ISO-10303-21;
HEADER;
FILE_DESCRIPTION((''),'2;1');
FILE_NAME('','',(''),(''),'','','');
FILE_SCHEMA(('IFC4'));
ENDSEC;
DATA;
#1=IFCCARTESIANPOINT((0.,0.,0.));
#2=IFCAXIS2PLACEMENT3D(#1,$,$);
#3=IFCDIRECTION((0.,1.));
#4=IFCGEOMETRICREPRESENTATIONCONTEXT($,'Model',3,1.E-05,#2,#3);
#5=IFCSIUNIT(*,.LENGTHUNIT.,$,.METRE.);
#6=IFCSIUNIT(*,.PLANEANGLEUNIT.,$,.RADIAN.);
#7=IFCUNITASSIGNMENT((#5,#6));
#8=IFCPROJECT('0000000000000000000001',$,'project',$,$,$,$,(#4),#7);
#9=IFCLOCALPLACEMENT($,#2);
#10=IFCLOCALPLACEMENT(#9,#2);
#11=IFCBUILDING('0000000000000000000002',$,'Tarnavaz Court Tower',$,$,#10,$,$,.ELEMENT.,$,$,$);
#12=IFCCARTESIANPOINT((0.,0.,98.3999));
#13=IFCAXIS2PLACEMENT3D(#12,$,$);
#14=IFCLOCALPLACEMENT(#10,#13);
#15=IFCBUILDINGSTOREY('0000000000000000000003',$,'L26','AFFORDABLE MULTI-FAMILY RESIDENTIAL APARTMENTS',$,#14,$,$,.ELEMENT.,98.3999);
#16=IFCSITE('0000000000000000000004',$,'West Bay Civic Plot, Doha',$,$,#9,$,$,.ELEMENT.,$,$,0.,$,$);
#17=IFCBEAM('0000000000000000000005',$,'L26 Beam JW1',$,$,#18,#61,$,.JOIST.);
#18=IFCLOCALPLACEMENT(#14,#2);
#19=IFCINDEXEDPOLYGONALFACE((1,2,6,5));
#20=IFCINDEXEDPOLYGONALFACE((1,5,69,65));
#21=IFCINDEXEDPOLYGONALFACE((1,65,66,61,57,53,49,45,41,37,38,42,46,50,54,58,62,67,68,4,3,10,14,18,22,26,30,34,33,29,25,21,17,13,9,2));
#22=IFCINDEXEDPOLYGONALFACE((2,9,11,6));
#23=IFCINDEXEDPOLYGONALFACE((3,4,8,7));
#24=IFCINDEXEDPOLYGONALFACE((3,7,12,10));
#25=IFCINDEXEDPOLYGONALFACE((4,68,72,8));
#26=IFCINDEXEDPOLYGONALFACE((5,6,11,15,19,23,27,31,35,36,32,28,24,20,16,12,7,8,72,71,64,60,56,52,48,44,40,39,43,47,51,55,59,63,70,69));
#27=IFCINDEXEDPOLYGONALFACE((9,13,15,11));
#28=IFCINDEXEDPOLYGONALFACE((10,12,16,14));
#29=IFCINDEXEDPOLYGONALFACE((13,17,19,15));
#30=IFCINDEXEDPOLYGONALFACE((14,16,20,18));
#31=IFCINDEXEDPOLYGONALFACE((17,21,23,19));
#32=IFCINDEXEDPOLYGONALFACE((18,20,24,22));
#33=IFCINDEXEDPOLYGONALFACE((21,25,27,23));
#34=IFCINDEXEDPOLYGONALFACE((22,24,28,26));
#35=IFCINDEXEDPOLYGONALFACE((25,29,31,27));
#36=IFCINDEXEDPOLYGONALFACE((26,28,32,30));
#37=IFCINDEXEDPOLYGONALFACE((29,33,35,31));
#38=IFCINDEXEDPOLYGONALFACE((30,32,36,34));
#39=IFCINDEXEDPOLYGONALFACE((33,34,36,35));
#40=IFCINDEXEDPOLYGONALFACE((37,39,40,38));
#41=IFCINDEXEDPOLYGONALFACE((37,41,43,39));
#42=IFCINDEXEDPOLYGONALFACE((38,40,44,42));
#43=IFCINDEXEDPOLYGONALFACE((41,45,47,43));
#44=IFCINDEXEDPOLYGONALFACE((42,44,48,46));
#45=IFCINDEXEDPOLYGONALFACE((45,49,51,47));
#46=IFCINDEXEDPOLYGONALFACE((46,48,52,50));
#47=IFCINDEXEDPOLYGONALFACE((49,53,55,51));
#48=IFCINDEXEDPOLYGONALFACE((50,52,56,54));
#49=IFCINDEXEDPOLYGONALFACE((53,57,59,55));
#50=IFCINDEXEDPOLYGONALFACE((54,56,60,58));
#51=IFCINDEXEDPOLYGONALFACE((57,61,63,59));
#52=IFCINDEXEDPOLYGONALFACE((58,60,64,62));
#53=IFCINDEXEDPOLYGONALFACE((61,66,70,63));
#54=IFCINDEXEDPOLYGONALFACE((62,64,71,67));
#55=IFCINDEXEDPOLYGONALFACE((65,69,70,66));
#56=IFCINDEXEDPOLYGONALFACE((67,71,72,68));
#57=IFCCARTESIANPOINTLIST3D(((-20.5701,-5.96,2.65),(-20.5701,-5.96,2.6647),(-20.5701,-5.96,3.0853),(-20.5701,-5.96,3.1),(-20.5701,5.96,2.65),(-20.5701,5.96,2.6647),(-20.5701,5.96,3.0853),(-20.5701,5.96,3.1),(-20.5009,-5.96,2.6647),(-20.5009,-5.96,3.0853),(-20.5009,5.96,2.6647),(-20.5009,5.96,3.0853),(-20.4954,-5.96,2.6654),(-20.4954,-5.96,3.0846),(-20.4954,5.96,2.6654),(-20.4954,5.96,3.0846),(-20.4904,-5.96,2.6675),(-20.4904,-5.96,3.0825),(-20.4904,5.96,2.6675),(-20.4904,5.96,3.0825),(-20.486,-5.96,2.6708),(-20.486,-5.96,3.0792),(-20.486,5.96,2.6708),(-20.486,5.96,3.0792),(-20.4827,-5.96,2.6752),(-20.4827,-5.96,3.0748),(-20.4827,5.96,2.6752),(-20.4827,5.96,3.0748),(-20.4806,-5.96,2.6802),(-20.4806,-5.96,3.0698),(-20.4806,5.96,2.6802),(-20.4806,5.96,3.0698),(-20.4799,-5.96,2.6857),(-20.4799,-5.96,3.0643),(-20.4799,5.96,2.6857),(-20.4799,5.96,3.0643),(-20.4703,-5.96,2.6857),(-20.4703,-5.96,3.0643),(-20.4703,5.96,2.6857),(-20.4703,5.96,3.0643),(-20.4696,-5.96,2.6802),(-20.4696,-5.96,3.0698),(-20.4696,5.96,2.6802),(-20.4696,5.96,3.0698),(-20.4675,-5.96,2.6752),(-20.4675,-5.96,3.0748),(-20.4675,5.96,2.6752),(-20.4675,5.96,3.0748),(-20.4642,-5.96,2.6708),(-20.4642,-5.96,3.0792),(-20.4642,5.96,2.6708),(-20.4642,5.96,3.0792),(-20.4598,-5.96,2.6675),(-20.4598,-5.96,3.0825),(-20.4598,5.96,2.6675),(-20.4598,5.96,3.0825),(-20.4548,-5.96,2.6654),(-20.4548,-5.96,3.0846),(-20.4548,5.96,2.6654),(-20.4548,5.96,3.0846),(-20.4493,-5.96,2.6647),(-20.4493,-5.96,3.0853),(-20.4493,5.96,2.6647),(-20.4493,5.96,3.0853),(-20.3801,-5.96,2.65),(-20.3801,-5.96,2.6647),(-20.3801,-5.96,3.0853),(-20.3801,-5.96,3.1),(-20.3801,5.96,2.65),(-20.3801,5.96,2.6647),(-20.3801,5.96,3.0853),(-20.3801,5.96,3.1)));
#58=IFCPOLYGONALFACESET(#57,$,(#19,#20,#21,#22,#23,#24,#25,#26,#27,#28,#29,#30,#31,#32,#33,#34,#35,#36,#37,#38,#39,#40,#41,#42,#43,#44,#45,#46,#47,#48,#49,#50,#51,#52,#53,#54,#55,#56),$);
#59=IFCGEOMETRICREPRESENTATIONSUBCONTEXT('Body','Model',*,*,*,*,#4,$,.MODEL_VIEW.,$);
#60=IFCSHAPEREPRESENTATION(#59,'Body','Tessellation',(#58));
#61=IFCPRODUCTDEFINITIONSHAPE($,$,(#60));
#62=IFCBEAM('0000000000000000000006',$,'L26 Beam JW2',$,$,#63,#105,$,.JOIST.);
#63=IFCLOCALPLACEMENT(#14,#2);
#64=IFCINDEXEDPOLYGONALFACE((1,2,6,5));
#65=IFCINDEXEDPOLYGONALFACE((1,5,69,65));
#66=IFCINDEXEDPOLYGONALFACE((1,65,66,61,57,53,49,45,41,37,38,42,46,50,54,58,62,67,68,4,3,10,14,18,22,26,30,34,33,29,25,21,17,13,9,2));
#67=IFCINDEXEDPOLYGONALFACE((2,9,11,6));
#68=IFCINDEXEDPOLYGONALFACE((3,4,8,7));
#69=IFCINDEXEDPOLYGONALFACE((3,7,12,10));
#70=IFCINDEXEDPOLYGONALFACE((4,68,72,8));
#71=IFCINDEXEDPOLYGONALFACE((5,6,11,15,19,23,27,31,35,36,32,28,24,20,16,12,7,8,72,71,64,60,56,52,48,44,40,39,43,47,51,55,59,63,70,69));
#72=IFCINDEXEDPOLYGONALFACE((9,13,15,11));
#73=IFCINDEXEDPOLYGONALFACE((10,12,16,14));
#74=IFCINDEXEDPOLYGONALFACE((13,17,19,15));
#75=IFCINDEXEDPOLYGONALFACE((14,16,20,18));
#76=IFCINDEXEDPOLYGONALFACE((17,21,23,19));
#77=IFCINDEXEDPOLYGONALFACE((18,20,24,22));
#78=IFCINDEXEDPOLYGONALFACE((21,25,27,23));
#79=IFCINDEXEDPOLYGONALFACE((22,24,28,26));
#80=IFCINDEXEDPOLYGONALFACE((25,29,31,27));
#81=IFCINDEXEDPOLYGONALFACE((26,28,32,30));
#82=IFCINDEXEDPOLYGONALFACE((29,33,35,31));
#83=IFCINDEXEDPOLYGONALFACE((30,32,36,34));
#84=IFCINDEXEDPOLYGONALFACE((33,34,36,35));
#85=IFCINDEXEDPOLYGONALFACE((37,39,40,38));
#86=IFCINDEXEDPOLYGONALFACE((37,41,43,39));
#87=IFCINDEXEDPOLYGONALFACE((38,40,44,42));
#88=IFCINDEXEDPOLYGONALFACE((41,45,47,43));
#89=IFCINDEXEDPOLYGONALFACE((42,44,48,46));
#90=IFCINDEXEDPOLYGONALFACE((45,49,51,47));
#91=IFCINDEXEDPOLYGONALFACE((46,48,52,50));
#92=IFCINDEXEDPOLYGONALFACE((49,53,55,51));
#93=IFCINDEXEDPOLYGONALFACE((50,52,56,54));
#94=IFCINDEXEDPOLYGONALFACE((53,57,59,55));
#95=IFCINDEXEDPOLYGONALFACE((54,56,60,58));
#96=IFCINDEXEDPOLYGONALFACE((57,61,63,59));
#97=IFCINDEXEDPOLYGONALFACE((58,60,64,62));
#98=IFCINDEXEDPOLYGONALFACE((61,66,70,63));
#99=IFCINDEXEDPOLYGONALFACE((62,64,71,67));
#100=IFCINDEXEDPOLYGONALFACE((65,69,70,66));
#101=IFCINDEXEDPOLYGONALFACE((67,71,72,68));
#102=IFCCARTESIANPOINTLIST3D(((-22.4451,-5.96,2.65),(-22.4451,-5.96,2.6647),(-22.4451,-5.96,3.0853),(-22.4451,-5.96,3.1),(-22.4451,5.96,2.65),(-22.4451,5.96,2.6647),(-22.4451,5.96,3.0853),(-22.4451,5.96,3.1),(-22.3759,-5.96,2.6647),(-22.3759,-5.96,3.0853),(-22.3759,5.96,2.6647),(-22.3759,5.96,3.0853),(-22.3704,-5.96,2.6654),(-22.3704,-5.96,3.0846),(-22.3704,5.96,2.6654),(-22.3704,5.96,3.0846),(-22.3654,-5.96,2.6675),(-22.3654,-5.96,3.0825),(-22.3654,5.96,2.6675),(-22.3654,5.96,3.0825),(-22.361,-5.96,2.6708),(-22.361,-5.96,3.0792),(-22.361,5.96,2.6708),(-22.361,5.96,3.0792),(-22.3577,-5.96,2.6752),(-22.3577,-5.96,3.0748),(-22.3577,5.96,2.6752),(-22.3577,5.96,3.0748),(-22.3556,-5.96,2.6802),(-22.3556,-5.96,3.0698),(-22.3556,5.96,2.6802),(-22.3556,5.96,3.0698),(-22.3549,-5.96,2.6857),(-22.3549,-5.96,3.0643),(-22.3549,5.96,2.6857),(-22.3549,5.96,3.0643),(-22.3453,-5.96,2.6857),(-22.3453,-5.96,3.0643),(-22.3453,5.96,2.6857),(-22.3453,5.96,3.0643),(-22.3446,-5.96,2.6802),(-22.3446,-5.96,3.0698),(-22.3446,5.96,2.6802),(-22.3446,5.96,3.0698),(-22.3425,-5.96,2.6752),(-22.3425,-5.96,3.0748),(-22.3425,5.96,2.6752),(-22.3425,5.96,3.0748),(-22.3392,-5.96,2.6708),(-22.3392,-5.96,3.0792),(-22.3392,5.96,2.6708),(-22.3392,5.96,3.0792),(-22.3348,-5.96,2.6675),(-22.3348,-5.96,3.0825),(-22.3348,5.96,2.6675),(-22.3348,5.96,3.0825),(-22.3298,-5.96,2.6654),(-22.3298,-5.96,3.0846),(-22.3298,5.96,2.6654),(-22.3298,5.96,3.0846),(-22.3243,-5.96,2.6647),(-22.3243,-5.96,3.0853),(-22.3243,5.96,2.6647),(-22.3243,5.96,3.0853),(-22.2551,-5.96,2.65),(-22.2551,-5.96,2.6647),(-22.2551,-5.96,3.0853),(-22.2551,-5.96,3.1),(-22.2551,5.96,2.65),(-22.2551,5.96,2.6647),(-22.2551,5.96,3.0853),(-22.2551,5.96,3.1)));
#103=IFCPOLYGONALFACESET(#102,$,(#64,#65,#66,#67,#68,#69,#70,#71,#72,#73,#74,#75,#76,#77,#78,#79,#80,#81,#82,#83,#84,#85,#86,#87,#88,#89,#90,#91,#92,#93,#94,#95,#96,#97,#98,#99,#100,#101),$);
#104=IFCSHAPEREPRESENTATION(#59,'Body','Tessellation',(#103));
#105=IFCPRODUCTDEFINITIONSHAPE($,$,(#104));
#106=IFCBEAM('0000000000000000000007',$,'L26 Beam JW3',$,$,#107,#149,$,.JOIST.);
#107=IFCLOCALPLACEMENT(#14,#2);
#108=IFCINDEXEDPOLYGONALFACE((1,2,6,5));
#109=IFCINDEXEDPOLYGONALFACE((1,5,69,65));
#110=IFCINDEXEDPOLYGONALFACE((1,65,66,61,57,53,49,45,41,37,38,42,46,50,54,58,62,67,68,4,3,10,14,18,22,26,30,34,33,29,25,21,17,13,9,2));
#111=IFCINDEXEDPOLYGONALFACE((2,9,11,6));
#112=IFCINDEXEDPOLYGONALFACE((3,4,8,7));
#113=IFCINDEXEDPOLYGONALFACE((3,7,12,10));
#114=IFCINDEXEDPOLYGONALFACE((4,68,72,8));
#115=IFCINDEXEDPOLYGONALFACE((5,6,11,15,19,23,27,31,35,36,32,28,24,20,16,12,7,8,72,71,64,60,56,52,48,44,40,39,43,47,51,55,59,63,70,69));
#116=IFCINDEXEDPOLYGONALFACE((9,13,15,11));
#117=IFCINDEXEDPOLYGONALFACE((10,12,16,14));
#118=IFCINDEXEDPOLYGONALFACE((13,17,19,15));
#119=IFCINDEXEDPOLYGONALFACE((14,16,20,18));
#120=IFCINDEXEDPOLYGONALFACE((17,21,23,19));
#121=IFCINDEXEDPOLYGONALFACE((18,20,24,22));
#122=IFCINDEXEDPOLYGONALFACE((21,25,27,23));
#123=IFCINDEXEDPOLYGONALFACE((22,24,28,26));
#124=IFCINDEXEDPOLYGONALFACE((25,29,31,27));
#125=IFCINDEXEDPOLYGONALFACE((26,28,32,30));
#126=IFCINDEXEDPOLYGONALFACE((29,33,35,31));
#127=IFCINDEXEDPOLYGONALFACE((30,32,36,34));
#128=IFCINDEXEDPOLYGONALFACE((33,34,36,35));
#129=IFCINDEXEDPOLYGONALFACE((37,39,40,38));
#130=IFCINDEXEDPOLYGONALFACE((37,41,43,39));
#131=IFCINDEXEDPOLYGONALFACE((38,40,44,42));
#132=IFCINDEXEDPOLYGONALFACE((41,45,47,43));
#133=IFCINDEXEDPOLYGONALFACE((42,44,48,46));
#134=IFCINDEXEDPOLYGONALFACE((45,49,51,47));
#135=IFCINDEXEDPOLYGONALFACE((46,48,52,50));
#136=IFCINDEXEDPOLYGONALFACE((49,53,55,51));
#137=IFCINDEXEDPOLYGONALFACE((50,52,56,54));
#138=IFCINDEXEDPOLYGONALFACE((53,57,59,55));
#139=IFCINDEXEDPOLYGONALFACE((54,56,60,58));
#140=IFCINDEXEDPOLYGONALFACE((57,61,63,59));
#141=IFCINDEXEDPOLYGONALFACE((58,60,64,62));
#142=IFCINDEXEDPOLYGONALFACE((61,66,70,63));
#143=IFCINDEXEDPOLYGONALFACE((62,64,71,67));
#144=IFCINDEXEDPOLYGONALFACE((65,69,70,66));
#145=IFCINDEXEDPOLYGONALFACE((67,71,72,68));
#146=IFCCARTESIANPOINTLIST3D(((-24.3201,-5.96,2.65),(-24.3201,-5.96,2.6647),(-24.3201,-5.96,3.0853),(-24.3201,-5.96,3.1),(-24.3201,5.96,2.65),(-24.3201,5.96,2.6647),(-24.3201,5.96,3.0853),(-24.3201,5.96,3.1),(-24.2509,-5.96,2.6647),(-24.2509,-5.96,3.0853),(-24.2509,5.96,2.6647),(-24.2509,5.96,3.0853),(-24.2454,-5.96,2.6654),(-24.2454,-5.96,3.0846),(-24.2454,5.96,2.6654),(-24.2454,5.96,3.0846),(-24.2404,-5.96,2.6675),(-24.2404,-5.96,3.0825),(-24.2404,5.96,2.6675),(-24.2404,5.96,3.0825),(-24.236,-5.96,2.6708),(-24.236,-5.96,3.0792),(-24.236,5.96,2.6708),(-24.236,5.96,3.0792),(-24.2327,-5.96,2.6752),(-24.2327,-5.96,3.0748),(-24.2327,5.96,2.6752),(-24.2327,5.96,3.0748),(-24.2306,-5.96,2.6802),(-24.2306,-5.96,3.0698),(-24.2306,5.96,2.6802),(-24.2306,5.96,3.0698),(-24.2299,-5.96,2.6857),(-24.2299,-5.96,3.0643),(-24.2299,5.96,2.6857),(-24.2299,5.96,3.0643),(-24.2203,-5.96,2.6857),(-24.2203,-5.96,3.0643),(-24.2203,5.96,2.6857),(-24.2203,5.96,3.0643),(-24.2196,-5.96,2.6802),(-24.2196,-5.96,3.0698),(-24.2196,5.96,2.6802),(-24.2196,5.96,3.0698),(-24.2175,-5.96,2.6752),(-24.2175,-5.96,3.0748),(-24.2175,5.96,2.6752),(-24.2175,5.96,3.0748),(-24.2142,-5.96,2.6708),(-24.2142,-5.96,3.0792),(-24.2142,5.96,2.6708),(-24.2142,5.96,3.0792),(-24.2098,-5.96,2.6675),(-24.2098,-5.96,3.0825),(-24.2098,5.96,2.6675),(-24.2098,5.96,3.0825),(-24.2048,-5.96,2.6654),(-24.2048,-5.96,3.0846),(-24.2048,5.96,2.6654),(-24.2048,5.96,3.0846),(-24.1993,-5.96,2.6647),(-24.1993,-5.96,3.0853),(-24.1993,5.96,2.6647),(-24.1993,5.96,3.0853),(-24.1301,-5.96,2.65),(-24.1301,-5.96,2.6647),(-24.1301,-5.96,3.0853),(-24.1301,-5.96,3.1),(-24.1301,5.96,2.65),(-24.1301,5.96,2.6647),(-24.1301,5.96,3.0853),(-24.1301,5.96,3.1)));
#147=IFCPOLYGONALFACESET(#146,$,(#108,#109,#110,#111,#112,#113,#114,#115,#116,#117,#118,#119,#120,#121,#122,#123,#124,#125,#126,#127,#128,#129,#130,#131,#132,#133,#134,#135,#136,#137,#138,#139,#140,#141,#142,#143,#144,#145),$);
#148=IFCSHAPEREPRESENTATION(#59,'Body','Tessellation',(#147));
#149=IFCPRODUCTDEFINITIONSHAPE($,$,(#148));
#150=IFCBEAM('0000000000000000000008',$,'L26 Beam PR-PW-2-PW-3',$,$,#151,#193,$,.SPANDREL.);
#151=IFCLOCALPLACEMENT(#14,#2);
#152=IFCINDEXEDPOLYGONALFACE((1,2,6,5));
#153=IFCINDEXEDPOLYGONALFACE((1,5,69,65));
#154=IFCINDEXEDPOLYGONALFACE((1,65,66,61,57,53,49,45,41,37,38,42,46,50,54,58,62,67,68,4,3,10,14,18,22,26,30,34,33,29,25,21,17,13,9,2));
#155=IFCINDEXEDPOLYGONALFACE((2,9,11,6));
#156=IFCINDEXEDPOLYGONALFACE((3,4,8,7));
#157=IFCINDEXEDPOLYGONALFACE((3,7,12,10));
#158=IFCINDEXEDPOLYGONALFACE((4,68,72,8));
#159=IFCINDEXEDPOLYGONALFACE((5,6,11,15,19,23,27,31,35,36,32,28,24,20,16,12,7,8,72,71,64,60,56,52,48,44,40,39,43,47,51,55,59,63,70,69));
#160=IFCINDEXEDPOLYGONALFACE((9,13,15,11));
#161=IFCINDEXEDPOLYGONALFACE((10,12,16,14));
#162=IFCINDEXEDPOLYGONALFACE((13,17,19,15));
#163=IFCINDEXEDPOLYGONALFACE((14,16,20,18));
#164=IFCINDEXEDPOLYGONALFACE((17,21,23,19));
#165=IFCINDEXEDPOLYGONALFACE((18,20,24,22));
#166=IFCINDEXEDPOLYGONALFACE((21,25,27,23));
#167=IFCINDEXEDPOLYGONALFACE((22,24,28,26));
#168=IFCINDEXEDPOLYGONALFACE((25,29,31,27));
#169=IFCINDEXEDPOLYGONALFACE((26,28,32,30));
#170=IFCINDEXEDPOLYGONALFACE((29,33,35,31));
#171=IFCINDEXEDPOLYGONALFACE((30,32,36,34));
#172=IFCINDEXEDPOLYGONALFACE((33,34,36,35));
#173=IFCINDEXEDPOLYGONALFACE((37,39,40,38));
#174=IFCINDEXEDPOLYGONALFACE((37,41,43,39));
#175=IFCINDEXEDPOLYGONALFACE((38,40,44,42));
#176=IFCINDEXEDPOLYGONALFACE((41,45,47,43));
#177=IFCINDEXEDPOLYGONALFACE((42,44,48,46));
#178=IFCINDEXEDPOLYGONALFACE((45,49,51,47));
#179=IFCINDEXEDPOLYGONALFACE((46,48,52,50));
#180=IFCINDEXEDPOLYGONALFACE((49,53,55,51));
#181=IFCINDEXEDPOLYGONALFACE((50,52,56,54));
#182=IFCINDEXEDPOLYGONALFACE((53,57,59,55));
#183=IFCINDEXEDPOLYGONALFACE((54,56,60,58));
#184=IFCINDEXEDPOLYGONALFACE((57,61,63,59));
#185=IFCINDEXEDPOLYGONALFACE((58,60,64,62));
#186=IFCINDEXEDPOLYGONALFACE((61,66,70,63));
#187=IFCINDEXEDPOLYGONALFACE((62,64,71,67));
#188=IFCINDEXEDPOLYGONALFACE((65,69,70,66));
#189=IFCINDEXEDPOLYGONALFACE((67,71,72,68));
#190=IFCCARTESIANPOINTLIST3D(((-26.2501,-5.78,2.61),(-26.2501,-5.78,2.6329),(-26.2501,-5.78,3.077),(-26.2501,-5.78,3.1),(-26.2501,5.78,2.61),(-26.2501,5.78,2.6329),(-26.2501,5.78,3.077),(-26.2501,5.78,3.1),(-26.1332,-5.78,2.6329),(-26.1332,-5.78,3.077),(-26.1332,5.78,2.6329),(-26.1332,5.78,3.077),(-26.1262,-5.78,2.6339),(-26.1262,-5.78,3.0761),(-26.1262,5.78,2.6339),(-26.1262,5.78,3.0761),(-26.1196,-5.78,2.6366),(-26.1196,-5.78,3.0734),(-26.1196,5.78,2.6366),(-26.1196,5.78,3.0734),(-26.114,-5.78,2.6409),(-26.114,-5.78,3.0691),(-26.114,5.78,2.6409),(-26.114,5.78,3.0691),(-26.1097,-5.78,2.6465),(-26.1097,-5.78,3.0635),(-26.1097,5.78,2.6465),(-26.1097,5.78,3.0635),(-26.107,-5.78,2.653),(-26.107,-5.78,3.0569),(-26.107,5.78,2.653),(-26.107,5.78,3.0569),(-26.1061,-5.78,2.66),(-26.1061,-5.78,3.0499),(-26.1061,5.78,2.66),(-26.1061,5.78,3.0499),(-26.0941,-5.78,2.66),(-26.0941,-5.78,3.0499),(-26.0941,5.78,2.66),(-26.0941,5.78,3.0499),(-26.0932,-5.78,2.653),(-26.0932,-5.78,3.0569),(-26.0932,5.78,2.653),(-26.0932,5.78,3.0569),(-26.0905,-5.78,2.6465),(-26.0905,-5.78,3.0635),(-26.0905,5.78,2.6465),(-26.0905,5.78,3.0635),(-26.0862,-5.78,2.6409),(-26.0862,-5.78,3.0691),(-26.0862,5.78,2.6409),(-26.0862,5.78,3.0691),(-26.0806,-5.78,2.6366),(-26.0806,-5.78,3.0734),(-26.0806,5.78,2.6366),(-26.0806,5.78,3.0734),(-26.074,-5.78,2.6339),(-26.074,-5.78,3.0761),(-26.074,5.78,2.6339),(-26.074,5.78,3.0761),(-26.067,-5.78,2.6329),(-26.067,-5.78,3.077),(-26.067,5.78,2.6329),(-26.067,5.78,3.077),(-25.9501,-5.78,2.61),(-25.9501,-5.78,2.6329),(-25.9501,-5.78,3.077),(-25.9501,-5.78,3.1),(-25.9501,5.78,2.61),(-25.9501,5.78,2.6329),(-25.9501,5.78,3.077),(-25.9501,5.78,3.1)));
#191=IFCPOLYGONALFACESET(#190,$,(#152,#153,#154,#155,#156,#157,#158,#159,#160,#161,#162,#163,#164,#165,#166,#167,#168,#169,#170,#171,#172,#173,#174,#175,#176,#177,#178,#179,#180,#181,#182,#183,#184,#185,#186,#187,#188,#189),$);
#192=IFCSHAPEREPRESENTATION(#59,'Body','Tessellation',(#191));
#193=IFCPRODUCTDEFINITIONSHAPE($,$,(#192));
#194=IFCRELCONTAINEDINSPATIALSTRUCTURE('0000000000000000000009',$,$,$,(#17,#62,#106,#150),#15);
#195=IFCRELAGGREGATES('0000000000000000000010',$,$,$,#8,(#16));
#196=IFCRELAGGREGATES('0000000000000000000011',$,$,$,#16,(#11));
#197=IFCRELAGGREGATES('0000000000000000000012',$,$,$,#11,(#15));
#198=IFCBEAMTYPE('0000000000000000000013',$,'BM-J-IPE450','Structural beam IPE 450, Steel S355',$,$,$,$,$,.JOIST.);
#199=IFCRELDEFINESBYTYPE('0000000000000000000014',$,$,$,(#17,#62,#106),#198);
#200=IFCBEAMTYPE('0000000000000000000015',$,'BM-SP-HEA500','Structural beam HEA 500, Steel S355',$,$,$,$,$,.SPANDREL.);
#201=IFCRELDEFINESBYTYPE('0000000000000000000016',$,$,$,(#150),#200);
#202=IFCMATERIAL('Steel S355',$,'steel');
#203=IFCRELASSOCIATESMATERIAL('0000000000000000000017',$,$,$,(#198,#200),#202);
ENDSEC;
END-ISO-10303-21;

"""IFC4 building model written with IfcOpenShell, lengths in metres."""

from ifc_helpers import new_model, si_unit, direction, frame, origin, origin_2d, place, context, subcontext, project, spatial, i_section, extrude, material, material_profile, profile_set, type_object, element, save


model = new_model("IFC4")

# Units and contexts
model_context = context("Model", 3, precision=1e-05, world=origin(), true_north=direction((0.0, 1.0)))
body_context = subcontext(model_context, "Body", "Model", "MODEL_VIEW")
ifc_project = project(units=[si_unit("LENGTHUNIT", "METRE"), si_unit("PLANEANGLEUNIT", "RADIAN")], contexts=[model_context])

# Site, building, storey
site_placement = place(None, origin())
site = spatial("IfcSite", under=ifc_project, at=site_placement, Name="West Bay Civic Plot, Doha", CompositionType="ELEMENT", RefElevation=0.0)
building_placement = place(site_placement, origin())
building = spatial("IfcBuilding", under=site, at=building_placement, Name="Tarnavaz Court Tower", CompositionType="ELEMENT")
storey_placement = place(building_placement, frame((0.0, 0.0, 98.3999)))
storey = spatial("IfcBuildingStorey", under=building, at=storey_placement, Name="L26", Description="AFFORDABLE MULTI-FAMILY RESIDENTIAL APARTMENTS", CompositionType="ELEMENT", Elevation=98.3999)

# Beams
ifc_material_1 = material(Name="Steel S355", Category="steel")
ifc_material_profile_1 = material_profile(ifc_material_1, i_section(OverallWidth=0.1899, OverallDepth=0.45, WebThickness=0.0095, FlangeThickness=0.0146, FilletRadius=0.021, at=origin_2d()), Name="IPE 450")
ifc_profile_set_1 = profile_set([ifc_material_profile_1], Name="Steel S355")
beam_type_1 = type_object("IfcBeamType", Name="BM-J-IPE450", Description="Structural beam IPE 450, Steel S355", PredefinedType="JOIST", material=ifc_profile_set_1)
for number, where, z_axis, x_axis, name in (
    (1, (-20.4751, -5.96, 2.875), (0.0, 1.0, 0.0), (-1.0, 0.0, 0.0), "L26 Beam JW1"),
    (2, (-22.3501, -5.96, 2.875), (0.0, 1.0, 0.0), (-1.0, 0.0, 0.0), "L26 Beam JW2"),
    (3, (-24.2251, -5.96, 2.875), (0.0, 1.0, 0.0), (-1.0, 0.0, 0.0), "L26 Beam JW3"),
):
    element("IfcBeam", number, at=place(storey_placement, frame(where, z_axis=z_axis, x_axis=x_axis)), inside=storey, type_object=beam_type_1, Name=name, PredefinedType="JOIST", context=body_context, shape_type="SweptSolid", body=[
        extrude(i_section(OverallWidth=0.1899, OverallDepth=0.45, WebThickness=0.0095, FlangeThickness=0.0146, FilletRadius=0.021, at=origin_2d()), origin(), (0.0, 0.0, 1.0), 11.9199),
    ])
ifc_material_profile_2 = material_profile(ifc_material_1, i_section(OverallWidth=0.3, OverallDepth=0.49, WebThickness=0.012, FlangeThickness=0.0229, FilletRadius=0.0271, at=origin_2d()), Name="HEA 500")
ifc_profile_set_2 = profile_set([ifc_material_profile_2], Name="Steel S355")
beam_type_2 = type_object("IfcBeamType", Name="BM-SP-HEA500", Description="Structural beam HEA 500, Steel S355", PredefinedType="SPANDREL", material=ifc_profile_set_2)
beam_1_placement = place(storey_placement, frame((-26.1001, -5.78, 2.855), z_axis=(0.0, 1.0, 0.0), x_axis=(-1.0, 0.0, 0.0)))
element("IfcBeam", 4, at=beam_1_placement, inside=storey, type_object=beam_type_2, Name="L26 Beam PR-PW-2-PW-3", PredefinedType="SPANDREL", context=body_context, shape_type="SweptSolid", body=[
    extrude(i_section(OverallWidth=0.3, OverallDepth=0.49, WebThickness=0.012, FlangeThickness=0.0229, FilletRadius=0.0271, at=origin_2d()), origin(), (0.0, 0.0, 1.0), 11.5601),
])

save(model, "model.ifc")
